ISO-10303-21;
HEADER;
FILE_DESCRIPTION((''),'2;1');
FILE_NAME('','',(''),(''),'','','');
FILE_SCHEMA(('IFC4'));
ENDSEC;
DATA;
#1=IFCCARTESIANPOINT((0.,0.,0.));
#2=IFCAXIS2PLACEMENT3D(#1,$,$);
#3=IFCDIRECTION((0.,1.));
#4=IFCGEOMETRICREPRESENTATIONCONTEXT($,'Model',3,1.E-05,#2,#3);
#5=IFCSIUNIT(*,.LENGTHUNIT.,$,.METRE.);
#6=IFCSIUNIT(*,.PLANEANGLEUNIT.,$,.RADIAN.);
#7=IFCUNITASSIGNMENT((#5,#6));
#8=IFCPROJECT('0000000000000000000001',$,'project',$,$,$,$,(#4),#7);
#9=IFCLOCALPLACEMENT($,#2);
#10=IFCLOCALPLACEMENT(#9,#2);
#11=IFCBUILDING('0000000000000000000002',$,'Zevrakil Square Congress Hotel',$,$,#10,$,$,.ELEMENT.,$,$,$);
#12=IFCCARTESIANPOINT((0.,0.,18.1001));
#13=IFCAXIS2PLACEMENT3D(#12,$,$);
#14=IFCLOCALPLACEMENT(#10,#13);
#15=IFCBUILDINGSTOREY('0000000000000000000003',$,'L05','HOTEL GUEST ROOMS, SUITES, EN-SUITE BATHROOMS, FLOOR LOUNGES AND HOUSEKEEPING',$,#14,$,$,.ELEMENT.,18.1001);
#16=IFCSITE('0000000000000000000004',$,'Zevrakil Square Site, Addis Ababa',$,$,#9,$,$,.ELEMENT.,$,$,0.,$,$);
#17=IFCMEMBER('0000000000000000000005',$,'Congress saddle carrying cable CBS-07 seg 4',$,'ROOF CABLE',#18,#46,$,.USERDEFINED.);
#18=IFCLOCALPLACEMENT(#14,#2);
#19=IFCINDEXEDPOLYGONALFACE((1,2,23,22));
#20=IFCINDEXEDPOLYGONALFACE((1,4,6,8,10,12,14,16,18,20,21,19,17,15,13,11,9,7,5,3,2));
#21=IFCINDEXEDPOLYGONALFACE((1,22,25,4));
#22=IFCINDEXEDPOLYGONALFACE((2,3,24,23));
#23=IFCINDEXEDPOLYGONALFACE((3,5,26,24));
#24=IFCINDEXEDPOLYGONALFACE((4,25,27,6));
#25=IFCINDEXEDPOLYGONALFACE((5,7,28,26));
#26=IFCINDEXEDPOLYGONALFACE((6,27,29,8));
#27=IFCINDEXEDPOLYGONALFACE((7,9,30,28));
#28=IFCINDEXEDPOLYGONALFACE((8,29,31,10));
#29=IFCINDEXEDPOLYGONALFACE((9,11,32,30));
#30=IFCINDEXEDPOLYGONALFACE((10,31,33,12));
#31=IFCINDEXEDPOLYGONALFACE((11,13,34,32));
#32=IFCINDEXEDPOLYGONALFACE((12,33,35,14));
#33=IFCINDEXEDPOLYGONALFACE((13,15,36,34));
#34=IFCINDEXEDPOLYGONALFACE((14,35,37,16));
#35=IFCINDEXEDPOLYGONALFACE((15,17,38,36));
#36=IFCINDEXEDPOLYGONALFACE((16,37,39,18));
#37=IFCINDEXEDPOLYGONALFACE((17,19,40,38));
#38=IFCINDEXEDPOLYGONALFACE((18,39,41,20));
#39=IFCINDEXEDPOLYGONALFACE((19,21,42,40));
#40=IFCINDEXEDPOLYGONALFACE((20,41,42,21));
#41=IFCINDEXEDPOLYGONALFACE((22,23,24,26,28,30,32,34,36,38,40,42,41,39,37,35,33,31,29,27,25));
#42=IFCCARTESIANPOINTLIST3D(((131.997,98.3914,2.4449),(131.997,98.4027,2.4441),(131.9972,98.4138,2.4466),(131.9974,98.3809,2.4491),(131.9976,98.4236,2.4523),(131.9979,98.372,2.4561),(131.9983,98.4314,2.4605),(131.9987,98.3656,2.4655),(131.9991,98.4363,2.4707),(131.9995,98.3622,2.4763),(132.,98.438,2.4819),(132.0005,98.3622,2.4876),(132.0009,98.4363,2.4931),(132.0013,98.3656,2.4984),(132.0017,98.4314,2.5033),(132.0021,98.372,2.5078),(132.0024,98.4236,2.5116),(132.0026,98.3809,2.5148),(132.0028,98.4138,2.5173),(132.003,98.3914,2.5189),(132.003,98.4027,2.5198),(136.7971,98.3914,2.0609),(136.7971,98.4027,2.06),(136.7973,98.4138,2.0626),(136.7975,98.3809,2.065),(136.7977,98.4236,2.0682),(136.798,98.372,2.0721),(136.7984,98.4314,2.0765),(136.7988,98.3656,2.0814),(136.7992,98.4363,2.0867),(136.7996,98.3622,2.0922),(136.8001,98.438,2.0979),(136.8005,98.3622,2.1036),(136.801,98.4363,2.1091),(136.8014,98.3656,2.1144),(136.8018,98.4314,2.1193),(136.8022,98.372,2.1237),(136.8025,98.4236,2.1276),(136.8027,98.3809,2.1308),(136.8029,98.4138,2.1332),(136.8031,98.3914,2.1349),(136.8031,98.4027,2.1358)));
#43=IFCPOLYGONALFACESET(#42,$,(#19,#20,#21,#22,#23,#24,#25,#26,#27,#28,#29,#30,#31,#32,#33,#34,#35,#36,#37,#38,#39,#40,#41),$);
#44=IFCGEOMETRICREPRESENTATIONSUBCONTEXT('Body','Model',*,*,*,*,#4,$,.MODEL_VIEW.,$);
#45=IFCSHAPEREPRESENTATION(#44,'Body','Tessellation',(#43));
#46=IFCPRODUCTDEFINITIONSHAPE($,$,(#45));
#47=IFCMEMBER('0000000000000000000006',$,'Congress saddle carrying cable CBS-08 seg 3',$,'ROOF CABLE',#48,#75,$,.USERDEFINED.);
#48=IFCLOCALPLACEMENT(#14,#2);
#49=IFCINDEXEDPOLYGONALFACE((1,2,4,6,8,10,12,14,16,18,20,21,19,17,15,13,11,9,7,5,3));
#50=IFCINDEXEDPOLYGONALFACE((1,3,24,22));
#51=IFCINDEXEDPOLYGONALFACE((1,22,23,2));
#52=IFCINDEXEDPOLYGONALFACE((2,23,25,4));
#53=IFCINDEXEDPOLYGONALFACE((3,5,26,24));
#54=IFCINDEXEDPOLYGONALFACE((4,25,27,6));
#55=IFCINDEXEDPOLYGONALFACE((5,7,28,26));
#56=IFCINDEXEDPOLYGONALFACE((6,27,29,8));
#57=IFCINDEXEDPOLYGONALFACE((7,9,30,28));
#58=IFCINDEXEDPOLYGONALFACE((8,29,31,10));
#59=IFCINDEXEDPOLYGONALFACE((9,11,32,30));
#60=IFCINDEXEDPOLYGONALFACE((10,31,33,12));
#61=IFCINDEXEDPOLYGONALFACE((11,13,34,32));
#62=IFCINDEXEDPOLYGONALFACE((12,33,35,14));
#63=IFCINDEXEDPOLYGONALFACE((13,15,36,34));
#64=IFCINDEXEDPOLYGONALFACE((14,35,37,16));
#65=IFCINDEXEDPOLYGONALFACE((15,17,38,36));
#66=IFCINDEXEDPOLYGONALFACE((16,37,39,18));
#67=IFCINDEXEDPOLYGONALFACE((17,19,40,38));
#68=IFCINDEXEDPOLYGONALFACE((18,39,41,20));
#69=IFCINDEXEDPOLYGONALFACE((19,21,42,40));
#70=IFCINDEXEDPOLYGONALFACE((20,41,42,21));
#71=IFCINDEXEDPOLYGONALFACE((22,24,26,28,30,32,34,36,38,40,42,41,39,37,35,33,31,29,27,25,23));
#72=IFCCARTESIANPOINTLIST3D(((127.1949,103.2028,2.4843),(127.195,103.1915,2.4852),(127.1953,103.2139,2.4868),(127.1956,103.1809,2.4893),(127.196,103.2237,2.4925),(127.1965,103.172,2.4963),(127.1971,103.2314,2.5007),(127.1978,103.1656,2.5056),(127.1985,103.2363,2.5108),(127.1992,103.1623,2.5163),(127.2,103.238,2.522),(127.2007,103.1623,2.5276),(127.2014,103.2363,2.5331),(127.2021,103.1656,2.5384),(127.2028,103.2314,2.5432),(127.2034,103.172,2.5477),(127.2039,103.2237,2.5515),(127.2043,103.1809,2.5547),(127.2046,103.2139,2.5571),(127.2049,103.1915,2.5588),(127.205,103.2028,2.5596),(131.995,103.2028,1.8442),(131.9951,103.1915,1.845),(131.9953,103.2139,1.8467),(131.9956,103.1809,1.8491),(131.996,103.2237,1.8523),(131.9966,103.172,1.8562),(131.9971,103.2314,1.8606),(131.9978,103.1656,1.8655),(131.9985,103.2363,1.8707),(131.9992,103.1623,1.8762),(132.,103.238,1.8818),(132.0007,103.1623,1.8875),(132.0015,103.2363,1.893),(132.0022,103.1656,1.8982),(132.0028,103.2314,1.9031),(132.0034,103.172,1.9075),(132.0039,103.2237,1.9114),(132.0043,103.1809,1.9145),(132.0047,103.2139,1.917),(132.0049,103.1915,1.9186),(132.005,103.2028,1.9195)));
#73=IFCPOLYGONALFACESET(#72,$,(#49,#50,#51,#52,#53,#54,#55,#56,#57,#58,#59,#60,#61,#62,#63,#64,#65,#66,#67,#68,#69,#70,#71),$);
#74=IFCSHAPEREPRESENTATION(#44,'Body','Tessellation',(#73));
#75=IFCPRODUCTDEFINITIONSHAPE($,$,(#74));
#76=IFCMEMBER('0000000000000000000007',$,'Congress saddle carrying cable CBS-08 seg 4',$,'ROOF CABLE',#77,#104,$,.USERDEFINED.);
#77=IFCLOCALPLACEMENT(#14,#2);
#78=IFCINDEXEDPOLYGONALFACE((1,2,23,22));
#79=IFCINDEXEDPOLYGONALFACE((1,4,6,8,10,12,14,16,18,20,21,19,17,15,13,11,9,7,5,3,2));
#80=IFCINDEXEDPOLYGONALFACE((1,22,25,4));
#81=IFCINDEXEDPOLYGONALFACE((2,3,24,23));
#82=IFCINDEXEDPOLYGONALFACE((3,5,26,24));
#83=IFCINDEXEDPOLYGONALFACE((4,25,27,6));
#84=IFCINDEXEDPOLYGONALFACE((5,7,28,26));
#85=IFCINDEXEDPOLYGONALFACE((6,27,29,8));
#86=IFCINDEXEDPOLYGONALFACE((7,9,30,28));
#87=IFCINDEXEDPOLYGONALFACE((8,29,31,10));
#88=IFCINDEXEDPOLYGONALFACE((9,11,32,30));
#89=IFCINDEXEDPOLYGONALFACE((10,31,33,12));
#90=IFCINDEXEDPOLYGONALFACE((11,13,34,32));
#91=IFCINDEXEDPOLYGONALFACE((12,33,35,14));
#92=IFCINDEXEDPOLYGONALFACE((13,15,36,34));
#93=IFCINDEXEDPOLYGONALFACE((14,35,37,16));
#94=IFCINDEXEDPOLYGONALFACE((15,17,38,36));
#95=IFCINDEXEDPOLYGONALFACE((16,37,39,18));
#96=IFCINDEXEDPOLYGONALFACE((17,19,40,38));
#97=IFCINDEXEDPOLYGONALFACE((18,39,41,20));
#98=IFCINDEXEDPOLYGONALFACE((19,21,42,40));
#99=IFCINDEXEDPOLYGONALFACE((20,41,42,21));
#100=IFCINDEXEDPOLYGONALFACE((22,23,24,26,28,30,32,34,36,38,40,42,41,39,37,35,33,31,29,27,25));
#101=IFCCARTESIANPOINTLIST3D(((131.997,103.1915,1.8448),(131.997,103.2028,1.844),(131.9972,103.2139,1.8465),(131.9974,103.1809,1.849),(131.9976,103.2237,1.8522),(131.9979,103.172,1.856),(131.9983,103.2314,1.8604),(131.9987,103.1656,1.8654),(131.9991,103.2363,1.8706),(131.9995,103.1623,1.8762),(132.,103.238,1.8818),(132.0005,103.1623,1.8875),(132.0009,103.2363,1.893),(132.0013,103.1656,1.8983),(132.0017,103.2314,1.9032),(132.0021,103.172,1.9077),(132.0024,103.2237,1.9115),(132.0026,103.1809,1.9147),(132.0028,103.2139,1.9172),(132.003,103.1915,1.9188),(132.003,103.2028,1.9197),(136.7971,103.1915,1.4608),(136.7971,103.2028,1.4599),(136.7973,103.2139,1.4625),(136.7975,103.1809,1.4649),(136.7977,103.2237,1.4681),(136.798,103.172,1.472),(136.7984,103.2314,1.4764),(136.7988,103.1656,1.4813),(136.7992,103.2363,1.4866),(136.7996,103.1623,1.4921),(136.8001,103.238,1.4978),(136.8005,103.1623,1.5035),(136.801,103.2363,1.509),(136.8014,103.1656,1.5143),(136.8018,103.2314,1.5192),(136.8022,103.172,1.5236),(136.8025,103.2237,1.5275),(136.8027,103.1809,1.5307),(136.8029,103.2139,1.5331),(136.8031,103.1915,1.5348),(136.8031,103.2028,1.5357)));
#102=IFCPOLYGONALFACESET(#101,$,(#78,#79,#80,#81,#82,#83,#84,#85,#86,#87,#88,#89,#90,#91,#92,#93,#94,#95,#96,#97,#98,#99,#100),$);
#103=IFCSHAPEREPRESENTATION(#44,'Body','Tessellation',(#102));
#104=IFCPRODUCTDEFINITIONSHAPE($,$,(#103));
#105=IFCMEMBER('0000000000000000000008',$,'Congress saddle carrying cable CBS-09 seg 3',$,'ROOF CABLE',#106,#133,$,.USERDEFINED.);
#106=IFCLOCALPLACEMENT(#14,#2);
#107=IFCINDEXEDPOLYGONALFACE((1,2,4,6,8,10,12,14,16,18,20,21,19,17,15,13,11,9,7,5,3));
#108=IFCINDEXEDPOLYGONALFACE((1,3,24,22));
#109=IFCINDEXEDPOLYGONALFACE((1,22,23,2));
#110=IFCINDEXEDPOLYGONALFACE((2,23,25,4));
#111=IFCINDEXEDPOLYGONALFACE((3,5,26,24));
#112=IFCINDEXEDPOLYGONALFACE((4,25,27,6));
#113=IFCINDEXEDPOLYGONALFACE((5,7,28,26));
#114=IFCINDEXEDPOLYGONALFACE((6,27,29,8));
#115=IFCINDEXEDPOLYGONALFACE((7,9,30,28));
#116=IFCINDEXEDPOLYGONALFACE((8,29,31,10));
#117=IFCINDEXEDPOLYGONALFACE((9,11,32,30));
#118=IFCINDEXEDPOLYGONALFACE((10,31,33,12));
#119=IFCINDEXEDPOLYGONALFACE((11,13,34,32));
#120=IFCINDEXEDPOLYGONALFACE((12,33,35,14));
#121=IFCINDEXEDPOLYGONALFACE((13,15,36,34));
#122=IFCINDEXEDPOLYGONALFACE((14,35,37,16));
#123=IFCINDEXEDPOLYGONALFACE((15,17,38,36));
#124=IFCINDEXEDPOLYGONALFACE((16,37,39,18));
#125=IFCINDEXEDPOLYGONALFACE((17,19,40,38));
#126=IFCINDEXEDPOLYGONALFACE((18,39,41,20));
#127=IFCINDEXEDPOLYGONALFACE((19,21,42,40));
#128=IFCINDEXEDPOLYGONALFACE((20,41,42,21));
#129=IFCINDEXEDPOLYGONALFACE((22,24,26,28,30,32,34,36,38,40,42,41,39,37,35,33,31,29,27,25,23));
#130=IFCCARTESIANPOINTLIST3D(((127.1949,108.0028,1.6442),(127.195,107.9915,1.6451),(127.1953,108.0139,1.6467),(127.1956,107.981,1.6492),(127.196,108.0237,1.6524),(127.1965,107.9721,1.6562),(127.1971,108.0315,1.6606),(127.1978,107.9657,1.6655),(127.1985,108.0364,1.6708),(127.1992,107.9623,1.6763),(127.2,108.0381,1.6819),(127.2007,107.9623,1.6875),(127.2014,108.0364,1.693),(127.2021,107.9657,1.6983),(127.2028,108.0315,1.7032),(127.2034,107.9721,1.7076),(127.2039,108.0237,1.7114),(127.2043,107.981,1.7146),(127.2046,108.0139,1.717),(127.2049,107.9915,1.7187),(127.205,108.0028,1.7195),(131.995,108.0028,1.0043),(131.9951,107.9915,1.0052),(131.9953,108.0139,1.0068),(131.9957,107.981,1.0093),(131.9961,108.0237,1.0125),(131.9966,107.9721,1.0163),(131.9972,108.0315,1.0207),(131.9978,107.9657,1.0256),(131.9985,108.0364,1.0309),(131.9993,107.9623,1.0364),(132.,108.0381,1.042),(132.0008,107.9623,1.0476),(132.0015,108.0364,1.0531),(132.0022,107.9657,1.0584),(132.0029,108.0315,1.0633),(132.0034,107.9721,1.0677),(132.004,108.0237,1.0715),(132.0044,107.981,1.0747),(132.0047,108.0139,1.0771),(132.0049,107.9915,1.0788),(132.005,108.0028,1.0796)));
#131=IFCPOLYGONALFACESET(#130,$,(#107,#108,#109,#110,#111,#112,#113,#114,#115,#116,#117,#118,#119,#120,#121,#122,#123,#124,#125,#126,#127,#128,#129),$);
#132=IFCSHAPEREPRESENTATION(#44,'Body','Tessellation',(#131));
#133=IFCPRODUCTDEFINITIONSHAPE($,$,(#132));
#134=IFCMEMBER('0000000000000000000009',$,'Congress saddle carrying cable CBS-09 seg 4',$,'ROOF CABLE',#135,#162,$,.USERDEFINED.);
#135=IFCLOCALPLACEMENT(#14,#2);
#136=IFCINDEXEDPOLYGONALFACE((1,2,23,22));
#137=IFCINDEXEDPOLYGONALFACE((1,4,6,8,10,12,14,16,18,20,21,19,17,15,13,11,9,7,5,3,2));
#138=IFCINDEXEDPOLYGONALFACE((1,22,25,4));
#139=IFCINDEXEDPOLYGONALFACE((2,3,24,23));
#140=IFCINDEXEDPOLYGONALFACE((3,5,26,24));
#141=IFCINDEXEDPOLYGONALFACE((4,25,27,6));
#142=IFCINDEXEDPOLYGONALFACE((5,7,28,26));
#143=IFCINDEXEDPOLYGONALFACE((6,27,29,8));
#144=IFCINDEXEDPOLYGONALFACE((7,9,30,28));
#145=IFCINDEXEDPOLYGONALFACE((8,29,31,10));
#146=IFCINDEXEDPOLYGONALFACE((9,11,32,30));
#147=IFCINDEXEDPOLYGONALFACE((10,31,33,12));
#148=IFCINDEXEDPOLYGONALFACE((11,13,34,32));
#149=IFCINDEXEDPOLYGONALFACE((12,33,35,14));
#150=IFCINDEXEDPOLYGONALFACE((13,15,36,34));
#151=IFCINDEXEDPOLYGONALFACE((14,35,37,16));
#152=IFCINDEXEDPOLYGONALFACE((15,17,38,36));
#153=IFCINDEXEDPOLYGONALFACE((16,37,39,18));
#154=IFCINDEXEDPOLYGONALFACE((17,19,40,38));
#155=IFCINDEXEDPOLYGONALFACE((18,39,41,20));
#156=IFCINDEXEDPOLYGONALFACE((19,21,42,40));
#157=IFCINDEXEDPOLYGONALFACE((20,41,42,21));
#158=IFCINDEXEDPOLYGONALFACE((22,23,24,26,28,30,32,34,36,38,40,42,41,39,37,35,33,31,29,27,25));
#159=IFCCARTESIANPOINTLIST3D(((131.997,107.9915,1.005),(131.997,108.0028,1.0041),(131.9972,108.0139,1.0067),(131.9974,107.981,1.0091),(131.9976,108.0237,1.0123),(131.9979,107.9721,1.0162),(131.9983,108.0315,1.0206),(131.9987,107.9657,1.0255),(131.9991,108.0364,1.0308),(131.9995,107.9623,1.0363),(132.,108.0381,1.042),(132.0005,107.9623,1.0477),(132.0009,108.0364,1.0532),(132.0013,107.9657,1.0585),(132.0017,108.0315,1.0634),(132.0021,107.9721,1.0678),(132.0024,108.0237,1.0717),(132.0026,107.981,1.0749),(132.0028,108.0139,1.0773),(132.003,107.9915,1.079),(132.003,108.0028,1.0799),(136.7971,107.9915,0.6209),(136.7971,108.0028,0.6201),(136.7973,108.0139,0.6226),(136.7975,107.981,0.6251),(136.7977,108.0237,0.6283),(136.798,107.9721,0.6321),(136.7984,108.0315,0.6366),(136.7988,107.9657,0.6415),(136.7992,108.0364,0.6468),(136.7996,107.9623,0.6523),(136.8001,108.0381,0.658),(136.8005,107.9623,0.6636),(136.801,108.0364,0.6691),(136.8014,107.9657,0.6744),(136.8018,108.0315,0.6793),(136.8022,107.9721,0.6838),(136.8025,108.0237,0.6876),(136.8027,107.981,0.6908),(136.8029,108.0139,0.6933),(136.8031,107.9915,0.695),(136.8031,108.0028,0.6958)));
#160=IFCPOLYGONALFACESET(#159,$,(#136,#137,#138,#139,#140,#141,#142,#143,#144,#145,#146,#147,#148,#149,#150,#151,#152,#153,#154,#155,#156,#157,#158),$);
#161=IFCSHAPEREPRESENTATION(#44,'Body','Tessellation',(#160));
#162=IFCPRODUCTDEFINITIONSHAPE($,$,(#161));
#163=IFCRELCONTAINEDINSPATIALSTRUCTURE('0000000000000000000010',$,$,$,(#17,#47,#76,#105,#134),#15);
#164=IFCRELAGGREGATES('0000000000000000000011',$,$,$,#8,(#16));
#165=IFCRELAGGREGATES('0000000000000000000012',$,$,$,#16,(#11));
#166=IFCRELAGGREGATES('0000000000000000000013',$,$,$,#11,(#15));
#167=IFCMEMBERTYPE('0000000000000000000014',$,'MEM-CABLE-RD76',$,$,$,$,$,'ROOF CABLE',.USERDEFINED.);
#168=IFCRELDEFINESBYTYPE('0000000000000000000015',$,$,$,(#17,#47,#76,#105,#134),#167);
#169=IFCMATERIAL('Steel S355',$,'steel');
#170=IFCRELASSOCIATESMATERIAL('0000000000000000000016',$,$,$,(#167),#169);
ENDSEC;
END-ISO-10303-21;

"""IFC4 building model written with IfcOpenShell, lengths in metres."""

from ifc_helpers import new_model, si_unit, direction, frame, origin, origin_2d, place, context, subcontext, project, spatial, circle, extrude, material, material_profile, profile_set, type_object, element, save


model = new_model("IFC4")

# Units and contexts
model_context = context("Model", 3, precision=1e-05, world=origin(), true_north=direction((0.0, 1.0)))
body_context = subcontext(model_context, "Body", "Model", "MODEL_VIEW")
ifc_project = project(units=[si_unit("LENGTHUNIT", "METRE"), si_unit("PLANEANGLEUNIT", "RADIAN")], contexts=[model_context])

# Site, building, storey
site_placement = place(None, origin())
site = spatial("IfcSite", under=ifc_project, at=site_placement, Name="Zevrakil Square Site, Addis Ababa", CompositionType="ELEMENT", RefElevation=0.0)
building_placement = place(site_placement, origin())
building = spatial("IfcBuilding", under=site, at=building_placement, Name="Zevrakil Square Congress Hotel", CompositionType="ELEMENT")
storey_placement = place(building_placement, frame((0.0, 0.0, 18.1001)))
storey = spatial("IfcBuildingStorey", under=building, at=storey_placement, Name="L05", Description="HOTEL GUEST ROOMS, SUITES, EN-SUITE BATHROOMS, FLOOR LOUNGES AND HOUSEKEEPING", CompositionType="ELEMENT", Elevation=18.1001)

# Members
ifc_material_1 = material(Name="Steel S355", Category="steel")
ifc_material_profile_1 = material_profile(ifc_material_1, circle(Radius=0.0381, at=origin_2d()), Name="CABLE RD76")
ifc_profile_set_1 = profile_set([ifc_material_profile_1], Name="Steel S355")
member_type_1 = type_object("IfcMemberType", Name="MEM-CABLE-RD76", ElementType="ROOF CABLE", PredefinedType="USERDEFINED", material=ifc_profile_set_1)
member_1_placement = place(storey_placement, frame((132.0, 98.3999, 2.4819), z_axis=(0.996815, 0.0, -0.079751), x_axis=(0.0, 1.0, 0.0)))
element("IfcMember", 1, at=member_1_placement, inside=storey, type_object=member_type_1, Name="Congress saddle carrying cable CBS-07 seg 4", ObjectType="ROOF CABLE", PredefinedType="USERDEFINED", context=body_context, shape_type="SweptSolid", body=[
    extrude(circle(Radius=0.0381, at=origin_2d()), origin(), (0.0, 0.0, 1.0), 4.8154),
])
member_2_placement = place(storey_placement, frame((127.2, 103.2, 2.522), z_axis=(0.991224, 0.0, -0.13219), x_axis=(0.0, 1.0, 0.0)))
element("IfcMember", 2, at=member_2_placement, inside=storey, type_object=member_type_1, Name="Congress saddle carrying cable CBS-08 seg 3", ObjectType="ROOF CABLE", PredefinedType="USERDEFINED", context=body_context, shape_type="SweptSolid", body=[
    extrude(circle(Radius=0.0381, at=origin_2d()), origin(), (0.0, 0.0, 1.0), 4.8425),
])
member_3_placement = place(storey_placement, frame((132.0, 103.2, 1.8818), z_axis=(0.996815, 0.0, -0.079751), x_axis=(0.0, 1.0, 0.0)))
element("IfcMember", 3, at=member_3_placement, inside=storey, type_object=member_type_1, Name="Congress saddle carrying cable CBS-08 seg 4", ObjectType="ROOF CABLE", PredefinedType="USERDEFINED", context=body_context, shape_type="SweptSolid", body=[
    extrude(circle(Radius=0.0381, at=origin_2d()), origin(), (0.0, 0.0, 1.0), 4.8154),
])
member_4_placement = place(storey_placement, frame((127.2, 108.0, 1.6819), z_axis=(0.991231, 0.0, -0.132141), x_axis=(0.0, 1.0, 0.0)))
element("IfcMember", 4, at=member_4_placement, inside=storey, type_object=member_type_1, Name="Congress saddle carrying cable CBS-09 seg 3", ObjectType="ROOF CABLE", PredefinedType="USERDEFINED", context=body_context, shape_type="SweptSolid", body=[
    extrude(circle(Radius=0.0381, at=origin_2d()), origin(), (0.0, 0.0, 1.0), 4.8425),
])
member_5_placement = place(storey_placement, frame((132.0, 108.0, 1.042), z_axis=(0.996815, 0.0, -0.079751), x_axis=(0.0, 1.0, 0.0)))
element("IfcMember", 5, at=member_5_placement, inside=storey, type_object=member_type_1, Name="Congress saddle carrying cable CBS-09 seg 4", ObjectType="ROOF CABLE", PredefinedType="USERDEFINED", context=body_context, shape_type="SweptSolid", body=[
    extrude(circle(Radius=0.0381, at=origin_2d()), origin(), (0.0, 0.0, 1.0), 4.8154),
])

save(model, "model.ifc")
